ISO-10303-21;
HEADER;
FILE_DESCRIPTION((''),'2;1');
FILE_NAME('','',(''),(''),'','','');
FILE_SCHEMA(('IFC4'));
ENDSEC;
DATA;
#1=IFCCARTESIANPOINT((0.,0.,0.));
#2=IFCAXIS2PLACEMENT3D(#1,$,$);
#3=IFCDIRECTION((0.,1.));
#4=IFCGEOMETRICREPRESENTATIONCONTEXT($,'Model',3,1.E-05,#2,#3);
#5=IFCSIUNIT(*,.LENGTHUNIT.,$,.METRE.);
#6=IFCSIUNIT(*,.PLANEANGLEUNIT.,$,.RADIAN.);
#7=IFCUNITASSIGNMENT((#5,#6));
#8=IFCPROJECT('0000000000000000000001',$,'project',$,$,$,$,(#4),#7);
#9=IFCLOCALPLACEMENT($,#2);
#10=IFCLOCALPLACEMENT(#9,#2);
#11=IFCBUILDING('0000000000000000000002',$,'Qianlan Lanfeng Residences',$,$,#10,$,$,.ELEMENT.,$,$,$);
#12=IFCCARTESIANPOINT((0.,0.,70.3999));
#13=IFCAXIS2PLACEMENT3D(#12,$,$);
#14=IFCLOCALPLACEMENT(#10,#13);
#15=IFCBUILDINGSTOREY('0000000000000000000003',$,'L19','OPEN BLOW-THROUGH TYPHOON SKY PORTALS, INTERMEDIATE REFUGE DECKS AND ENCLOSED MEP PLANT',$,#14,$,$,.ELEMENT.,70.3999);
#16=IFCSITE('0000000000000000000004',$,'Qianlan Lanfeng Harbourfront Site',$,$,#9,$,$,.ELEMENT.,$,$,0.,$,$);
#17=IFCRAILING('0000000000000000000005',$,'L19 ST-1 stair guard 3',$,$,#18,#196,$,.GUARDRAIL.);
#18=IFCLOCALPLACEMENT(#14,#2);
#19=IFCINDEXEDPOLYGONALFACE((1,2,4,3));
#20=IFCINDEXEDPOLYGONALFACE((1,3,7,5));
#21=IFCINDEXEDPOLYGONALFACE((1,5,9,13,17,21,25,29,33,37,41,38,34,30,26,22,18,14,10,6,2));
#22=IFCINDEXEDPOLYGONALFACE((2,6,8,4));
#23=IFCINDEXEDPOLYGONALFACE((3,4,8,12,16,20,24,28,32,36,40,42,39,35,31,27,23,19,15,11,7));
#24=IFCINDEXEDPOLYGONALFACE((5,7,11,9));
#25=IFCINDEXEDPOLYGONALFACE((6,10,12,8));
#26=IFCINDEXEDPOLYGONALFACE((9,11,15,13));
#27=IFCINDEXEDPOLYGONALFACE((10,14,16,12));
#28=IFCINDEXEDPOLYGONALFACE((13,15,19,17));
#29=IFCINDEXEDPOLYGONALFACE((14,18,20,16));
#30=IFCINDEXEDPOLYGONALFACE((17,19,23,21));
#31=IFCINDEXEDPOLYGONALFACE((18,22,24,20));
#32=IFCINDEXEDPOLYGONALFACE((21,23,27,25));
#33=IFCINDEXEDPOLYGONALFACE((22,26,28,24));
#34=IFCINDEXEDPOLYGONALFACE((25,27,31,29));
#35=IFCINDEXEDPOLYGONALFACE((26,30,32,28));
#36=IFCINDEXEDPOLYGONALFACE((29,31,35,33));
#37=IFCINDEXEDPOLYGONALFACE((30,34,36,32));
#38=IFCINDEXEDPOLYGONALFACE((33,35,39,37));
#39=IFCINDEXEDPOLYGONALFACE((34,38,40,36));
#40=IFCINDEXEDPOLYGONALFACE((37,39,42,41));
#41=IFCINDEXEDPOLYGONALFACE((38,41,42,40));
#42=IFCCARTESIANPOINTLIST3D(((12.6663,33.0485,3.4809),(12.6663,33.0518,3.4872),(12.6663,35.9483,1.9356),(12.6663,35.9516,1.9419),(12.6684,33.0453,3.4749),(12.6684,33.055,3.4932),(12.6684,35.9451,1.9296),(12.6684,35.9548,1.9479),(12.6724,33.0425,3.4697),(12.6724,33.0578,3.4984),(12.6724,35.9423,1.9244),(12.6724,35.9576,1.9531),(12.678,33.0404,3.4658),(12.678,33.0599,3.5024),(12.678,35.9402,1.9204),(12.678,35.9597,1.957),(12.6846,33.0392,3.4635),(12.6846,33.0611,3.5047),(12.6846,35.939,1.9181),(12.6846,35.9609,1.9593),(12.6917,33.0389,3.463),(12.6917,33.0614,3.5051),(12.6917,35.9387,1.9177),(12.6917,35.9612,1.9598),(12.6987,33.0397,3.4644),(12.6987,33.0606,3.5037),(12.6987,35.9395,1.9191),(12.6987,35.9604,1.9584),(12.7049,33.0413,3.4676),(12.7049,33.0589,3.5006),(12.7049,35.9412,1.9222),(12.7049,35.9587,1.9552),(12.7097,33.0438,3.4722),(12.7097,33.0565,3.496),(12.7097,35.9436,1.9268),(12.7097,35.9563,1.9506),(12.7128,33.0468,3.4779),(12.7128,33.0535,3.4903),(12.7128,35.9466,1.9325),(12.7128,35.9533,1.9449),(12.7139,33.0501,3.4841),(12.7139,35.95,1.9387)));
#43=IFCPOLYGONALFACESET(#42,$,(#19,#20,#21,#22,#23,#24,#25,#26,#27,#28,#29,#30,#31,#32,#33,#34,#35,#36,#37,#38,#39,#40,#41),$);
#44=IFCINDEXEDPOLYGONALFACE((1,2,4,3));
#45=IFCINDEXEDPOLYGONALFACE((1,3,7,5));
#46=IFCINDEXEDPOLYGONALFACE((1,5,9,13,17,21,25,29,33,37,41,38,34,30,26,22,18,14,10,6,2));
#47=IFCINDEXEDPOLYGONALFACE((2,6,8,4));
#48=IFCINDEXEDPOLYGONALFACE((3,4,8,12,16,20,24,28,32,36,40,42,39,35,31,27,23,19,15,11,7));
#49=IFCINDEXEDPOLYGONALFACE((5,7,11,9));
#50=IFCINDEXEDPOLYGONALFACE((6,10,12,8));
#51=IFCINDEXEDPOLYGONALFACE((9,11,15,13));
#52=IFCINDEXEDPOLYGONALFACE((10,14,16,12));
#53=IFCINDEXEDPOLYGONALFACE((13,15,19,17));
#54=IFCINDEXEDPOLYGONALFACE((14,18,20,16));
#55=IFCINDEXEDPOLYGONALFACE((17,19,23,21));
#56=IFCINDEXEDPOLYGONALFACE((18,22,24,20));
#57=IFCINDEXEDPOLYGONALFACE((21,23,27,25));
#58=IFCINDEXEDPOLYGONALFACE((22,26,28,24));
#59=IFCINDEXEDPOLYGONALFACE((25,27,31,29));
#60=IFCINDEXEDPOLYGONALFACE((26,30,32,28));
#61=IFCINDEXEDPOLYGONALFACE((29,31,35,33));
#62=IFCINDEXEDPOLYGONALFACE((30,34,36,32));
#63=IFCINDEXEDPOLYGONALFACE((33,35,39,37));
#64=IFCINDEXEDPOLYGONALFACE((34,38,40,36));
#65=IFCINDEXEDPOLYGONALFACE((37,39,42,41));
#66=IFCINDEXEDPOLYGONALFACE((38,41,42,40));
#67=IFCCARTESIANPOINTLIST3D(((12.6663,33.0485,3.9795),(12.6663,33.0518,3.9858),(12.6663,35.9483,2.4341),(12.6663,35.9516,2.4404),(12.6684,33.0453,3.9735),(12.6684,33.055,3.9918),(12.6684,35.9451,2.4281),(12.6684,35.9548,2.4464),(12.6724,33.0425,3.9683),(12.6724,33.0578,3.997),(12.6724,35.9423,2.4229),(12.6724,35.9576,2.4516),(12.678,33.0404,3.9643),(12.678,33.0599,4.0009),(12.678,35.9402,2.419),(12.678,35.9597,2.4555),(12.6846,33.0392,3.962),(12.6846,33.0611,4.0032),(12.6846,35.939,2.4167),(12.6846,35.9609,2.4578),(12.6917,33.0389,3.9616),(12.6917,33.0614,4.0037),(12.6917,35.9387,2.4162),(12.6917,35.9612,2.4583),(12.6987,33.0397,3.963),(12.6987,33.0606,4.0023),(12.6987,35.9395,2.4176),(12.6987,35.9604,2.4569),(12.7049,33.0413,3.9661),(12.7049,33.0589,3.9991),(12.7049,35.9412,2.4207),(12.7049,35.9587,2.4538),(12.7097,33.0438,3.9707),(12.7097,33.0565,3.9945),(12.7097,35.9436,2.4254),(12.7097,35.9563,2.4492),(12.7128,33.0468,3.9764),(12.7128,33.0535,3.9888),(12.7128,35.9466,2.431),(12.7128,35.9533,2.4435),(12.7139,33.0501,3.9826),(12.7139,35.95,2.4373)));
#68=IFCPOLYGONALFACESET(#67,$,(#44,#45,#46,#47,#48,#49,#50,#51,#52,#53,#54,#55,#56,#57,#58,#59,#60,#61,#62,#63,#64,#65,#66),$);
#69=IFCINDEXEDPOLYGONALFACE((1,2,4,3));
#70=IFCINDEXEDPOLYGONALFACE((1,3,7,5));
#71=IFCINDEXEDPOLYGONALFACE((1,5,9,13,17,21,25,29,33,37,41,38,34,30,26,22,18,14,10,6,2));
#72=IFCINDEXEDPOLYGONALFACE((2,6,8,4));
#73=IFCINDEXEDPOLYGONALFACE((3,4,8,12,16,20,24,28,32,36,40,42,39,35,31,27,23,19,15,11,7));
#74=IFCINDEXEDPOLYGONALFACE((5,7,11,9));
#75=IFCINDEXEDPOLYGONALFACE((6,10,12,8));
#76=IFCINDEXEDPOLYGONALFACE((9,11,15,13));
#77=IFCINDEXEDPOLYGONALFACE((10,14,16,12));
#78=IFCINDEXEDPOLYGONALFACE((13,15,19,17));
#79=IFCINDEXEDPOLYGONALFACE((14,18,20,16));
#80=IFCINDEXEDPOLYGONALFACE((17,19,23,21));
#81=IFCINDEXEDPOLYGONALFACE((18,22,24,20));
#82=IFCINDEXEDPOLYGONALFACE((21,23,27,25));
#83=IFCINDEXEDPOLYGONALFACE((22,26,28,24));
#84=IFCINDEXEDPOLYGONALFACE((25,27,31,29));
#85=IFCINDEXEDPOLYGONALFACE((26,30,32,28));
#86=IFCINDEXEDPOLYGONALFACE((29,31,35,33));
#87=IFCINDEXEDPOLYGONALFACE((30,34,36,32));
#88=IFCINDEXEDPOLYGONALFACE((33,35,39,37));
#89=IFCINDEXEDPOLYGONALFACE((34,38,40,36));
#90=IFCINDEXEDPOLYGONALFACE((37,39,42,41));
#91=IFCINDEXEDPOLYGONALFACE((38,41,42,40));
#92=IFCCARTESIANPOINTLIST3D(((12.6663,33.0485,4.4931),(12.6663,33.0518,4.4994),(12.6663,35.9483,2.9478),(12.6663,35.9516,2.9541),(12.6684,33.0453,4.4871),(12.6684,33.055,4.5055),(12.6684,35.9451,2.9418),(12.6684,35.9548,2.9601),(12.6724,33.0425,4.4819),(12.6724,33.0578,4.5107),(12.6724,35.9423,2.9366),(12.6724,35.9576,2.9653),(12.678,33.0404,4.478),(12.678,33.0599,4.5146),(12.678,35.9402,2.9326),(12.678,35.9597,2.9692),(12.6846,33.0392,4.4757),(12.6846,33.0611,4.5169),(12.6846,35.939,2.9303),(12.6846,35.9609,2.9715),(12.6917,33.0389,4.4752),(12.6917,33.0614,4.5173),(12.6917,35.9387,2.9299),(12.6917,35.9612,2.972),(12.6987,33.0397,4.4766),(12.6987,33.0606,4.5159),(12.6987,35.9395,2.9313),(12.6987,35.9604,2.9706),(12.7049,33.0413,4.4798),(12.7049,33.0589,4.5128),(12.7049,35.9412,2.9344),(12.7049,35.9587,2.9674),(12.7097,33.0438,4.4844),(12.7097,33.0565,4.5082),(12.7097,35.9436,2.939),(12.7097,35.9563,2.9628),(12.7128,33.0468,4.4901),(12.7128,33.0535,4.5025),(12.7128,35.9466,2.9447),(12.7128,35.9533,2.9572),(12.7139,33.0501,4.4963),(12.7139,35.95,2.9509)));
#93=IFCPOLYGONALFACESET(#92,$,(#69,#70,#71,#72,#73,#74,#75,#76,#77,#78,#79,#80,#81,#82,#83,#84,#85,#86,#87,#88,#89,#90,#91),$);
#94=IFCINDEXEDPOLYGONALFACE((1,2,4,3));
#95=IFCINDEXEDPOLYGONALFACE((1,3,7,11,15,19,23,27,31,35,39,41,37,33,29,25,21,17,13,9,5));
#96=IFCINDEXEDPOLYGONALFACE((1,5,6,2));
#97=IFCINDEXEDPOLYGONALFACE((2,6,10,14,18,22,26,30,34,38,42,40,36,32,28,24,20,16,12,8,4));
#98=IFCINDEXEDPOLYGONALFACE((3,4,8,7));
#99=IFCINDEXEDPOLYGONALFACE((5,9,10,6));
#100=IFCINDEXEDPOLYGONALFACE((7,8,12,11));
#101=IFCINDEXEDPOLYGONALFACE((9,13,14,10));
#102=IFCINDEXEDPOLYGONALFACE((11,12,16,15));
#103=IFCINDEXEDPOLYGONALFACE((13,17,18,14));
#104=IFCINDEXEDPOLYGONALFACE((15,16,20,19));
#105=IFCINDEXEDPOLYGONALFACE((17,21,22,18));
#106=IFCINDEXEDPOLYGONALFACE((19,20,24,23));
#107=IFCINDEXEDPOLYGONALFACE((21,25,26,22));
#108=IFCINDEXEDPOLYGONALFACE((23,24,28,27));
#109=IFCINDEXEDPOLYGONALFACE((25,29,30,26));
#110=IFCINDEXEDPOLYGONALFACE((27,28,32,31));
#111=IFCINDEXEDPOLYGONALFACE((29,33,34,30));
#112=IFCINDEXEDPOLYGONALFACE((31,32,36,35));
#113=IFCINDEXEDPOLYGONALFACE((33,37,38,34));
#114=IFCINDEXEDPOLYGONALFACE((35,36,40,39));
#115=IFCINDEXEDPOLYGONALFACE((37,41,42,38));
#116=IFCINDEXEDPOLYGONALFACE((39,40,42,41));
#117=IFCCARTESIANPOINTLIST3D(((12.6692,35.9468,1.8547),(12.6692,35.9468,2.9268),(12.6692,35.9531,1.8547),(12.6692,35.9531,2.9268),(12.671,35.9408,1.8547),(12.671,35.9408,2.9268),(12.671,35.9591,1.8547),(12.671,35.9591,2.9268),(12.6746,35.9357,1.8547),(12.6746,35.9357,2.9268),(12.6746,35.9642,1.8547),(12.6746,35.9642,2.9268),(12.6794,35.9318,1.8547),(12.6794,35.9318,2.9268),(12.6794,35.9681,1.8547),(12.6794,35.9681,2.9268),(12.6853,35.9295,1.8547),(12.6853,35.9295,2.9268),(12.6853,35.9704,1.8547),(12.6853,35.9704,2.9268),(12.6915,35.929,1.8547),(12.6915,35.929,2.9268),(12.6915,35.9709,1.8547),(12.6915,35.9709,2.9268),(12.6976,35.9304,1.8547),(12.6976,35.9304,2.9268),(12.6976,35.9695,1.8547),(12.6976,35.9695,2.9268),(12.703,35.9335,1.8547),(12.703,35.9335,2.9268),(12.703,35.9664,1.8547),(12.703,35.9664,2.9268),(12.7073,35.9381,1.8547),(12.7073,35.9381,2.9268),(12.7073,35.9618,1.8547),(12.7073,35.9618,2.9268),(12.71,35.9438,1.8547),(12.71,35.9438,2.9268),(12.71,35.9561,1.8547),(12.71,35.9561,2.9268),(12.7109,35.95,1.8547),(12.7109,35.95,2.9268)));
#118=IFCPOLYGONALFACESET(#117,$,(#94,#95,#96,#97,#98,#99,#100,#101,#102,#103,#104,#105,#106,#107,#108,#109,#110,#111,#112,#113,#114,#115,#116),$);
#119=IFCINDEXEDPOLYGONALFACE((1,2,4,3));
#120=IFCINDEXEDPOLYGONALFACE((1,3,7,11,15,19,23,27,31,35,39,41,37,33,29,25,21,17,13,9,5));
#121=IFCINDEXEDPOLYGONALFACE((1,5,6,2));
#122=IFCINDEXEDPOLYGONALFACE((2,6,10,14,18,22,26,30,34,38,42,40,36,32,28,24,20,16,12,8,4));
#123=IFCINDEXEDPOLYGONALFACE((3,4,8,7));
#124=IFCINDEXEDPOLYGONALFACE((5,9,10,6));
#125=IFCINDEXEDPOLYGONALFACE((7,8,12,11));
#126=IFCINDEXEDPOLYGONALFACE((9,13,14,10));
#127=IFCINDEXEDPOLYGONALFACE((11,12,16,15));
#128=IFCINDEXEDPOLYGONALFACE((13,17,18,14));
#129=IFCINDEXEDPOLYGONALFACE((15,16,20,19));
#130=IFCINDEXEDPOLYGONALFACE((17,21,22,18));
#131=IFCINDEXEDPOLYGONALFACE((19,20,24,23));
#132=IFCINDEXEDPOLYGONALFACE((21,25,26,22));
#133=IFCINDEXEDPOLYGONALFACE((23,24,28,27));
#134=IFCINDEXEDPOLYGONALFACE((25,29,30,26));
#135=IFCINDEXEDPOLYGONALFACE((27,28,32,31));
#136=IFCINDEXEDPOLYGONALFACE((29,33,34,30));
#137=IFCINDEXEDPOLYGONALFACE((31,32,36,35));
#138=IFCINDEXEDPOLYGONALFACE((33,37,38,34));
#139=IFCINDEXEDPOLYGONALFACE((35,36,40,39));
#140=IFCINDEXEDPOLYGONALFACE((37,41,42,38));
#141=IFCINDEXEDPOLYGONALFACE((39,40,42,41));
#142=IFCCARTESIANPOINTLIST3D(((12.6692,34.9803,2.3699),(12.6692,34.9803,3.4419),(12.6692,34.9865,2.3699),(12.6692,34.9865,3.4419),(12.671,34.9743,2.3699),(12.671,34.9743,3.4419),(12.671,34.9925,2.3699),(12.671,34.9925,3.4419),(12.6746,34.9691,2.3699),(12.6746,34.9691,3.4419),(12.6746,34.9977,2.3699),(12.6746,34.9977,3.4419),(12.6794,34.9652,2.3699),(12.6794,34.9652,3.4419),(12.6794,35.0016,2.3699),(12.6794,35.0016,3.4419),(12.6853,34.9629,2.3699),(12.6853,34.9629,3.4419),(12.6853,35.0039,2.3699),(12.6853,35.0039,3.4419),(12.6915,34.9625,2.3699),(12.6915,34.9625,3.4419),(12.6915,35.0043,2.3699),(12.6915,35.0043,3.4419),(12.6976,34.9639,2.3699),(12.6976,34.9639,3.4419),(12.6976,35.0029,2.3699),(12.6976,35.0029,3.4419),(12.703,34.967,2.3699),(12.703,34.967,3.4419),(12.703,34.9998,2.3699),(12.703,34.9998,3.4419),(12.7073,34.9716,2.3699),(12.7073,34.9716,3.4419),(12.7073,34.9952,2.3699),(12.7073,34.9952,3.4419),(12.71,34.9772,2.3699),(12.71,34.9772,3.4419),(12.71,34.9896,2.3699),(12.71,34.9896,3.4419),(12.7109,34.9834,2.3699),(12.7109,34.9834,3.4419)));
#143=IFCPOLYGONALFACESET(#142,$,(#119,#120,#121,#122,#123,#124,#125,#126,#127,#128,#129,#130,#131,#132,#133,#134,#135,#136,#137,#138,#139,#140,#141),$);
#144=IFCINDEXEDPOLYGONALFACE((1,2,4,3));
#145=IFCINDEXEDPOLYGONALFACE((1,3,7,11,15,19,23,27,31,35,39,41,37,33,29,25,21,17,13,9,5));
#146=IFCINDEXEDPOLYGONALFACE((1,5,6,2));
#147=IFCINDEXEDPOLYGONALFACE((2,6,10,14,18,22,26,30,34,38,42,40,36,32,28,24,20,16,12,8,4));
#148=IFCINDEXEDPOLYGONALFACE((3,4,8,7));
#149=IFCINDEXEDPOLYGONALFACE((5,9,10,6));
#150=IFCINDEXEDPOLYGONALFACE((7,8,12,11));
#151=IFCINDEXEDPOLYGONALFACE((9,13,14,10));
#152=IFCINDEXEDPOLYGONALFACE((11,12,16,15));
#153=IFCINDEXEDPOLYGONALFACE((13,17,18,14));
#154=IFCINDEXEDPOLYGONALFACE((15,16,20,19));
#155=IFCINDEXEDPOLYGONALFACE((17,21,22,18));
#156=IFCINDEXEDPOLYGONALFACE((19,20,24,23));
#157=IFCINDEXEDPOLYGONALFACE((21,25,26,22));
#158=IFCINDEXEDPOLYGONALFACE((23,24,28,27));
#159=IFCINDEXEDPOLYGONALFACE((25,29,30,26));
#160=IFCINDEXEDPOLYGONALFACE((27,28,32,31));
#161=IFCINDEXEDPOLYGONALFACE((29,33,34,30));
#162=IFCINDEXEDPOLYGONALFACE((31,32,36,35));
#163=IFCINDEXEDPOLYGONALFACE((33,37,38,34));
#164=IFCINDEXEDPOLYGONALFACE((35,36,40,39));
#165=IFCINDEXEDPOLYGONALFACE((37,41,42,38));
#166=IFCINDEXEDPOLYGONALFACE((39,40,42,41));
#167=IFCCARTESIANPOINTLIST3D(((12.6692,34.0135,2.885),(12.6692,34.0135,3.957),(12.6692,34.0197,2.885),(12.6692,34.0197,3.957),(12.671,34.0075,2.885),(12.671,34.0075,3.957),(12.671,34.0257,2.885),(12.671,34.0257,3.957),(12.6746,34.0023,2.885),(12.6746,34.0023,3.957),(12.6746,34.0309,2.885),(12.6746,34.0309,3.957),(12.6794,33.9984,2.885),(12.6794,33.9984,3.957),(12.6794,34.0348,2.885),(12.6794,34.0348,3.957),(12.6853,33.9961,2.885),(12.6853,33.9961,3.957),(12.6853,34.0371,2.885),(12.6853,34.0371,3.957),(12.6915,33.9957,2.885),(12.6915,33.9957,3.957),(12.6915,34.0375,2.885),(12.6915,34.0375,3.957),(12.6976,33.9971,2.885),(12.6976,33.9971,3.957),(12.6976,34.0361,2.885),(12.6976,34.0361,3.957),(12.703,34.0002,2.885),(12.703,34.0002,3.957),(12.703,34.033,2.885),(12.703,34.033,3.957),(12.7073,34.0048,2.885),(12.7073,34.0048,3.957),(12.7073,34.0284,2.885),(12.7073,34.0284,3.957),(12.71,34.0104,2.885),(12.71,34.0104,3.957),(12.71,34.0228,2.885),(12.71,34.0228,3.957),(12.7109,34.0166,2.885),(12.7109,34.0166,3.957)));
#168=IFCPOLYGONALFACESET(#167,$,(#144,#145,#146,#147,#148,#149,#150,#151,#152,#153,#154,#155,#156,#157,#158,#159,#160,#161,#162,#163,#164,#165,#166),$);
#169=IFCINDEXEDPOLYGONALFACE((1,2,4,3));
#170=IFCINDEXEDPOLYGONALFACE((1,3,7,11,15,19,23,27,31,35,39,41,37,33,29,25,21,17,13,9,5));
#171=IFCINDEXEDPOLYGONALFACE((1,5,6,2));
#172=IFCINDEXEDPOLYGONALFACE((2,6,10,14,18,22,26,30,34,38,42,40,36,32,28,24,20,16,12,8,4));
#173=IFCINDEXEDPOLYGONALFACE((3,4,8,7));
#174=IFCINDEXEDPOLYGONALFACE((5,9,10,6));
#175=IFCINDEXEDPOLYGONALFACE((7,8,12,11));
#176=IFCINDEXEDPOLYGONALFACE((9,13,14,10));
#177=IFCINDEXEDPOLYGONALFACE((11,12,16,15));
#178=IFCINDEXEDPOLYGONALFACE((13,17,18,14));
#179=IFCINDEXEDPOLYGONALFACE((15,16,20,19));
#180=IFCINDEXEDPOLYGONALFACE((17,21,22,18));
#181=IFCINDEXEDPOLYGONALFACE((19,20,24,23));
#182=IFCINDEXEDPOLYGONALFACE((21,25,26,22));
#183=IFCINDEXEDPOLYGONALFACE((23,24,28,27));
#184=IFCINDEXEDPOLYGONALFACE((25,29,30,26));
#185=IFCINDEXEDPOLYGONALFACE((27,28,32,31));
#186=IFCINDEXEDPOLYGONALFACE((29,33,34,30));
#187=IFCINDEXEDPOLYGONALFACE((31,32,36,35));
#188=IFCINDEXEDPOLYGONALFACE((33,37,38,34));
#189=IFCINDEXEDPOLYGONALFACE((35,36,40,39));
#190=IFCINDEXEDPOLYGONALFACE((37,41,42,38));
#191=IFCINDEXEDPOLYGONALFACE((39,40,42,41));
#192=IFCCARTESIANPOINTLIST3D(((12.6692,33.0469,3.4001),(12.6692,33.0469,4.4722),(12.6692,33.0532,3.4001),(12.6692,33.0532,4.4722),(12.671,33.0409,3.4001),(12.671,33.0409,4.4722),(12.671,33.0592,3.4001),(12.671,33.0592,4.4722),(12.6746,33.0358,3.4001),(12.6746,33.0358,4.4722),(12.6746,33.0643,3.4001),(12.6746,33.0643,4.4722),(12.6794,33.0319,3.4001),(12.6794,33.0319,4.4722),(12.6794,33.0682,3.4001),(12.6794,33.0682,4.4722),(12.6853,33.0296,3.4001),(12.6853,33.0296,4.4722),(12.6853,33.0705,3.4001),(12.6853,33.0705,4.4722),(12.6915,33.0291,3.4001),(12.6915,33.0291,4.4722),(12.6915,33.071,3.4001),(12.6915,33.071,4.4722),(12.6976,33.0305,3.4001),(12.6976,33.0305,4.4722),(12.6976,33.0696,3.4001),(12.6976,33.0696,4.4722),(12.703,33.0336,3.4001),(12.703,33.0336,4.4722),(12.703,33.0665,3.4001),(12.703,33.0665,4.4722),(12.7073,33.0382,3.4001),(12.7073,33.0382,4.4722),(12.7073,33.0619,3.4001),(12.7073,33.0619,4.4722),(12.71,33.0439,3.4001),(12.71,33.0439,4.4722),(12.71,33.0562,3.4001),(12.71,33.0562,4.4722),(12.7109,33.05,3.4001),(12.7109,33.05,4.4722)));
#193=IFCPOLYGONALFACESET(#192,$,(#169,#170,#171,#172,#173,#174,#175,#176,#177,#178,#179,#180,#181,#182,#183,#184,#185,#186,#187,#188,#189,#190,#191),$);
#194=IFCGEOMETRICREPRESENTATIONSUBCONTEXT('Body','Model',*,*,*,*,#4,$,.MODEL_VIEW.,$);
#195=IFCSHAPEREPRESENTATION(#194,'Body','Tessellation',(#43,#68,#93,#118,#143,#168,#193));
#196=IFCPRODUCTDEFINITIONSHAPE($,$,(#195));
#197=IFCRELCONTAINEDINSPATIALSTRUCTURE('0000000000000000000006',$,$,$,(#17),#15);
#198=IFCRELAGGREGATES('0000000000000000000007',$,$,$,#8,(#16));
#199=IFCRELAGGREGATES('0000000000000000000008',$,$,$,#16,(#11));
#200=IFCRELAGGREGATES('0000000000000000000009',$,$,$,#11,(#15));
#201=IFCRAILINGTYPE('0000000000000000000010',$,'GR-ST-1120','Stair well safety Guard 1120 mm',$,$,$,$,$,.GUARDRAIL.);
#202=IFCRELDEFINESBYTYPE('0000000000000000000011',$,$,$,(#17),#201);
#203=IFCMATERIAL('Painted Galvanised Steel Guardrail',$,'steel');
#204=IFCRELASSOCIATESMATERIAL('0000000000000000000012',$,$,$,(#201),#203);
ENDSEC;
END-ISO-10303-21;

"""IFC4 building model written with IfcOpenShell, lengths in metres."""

from ifc_helpers import new_model, si_unit, direction, frame, origin, origin_2d, place, context, subcontext, project, spatial, circle, extrude, material, type_object, element, save


model = new_model("IFC4")

# Units and contexts
model_context = context("Model", 3, precision=1e-05, world=origin(), true_north=direction((0.0, 1.0)))
body_context = subcontext(model_context, "Body", "Model", "MODEL_VIEW")
ifc_project = project(units=[si_unit("LENGTHUNIT", "METRE"), si_unit("PLANEANGLEUNIT", "RADIAN")], contexts=[model_context])

# Site, building, storey
site_placement = place(None, origin())
site = spatial("IfcSite", under=ifc_project, at=site_placement, Name="Qianlan Lanfeng Harbourfront Site", CompositionType="ELEMENT", RefElevation=0.0)
building_placement = place(site_placement, origin())
building = spatial("IfcBuilding", under=site, at=building_placement, Name="Qianlan Lanfeng Residences", CompositionType="ELEMENT")
storey_placement = place(building_placement, frame((0.0, 0.0, 70.3999)))
storey = spatial("IfcBuildingStorey", under=building, at=storey_placement, Name="L19", Description="OPEN BLOW-THROUGH TYPHOON SKY PORTALS, INTERMEDIATE REFUGE DECKS AND ENCLOSED MEP PLANT", CompositionType="ELEMENT", Elevation=70.3999)

# Railing
ifc_material_1 = material(Name="Painted Galvanised Steel Guardrail", Category="steel")
railing_type_1 = type_object("IfcRailingType", Name="GR-ST-1120", Description="Stair well safety Guard 1120 mm", PredefinedType="GUARDRAIL", material=ifc_material_1)
railing_1_placement = place(storey_placement, frame((12.6899, 35.95, 1.8547)))
element("IfcRailing", 1, at=railing_1_placement, inside=storey, type_object=railing_type_1, Name="L19 ST-1 stair guard 3", PredefinedType="GUARDRAIL", context=body_context, shape_type="SweptSolid", body=[
    extrude(circle(Radius=0.0239, at=origin_2d()), frame((0.0, 0.0, 0.084), z_axis=(0.0, -0.882505, 0.470303), x_axis=(1.0, 0.0, 0.0)), (0.0, 0.0, 1.0), 3.2859),
    extrude(circle(Radius=0.0239, at=origin_2d()), frame((0.0, 0.0, 0.5825), z_axis=(0.0, -0.882505, 0.470303), x_axis=(1.0, 0.0, 0.0)), (0.0, 0.0, 1.0), 3.2859),
    extrude(circle(Radius=0.0239, at=origin_2d()), frame((0.0, 0.0, 1.0962), z_axis=(0.0, -0.882505, 0.470303), x_axis=(1.0, 0.0, 0.0)), (0.0, 0.0, 1.0), 3.2859),
    extrude(circle(Radius=0.021, at=origin_2d()), origin(), (0.0, 0.0, 1.0), 1.072),
    extrude(circle(Radius=0.021, at=origin_2d()), frame((0.0, -0.9666, 0.5151)), (0.0, 0.0, 1.0), 1.072),
    extrude(circle(Radius=0.021, at=origin_2d()), frame((0.0, -1.9333, 1.0303)), (0.0, 0.0, 1.0), 1.072),
    extrude(circle(Radius=0.021, at=origin_2d()), frame((0.0, -2.8999, 1.5454)), (0.0, 0.0, 1.0), 1.072),
])

save(model, "model.ifc")
